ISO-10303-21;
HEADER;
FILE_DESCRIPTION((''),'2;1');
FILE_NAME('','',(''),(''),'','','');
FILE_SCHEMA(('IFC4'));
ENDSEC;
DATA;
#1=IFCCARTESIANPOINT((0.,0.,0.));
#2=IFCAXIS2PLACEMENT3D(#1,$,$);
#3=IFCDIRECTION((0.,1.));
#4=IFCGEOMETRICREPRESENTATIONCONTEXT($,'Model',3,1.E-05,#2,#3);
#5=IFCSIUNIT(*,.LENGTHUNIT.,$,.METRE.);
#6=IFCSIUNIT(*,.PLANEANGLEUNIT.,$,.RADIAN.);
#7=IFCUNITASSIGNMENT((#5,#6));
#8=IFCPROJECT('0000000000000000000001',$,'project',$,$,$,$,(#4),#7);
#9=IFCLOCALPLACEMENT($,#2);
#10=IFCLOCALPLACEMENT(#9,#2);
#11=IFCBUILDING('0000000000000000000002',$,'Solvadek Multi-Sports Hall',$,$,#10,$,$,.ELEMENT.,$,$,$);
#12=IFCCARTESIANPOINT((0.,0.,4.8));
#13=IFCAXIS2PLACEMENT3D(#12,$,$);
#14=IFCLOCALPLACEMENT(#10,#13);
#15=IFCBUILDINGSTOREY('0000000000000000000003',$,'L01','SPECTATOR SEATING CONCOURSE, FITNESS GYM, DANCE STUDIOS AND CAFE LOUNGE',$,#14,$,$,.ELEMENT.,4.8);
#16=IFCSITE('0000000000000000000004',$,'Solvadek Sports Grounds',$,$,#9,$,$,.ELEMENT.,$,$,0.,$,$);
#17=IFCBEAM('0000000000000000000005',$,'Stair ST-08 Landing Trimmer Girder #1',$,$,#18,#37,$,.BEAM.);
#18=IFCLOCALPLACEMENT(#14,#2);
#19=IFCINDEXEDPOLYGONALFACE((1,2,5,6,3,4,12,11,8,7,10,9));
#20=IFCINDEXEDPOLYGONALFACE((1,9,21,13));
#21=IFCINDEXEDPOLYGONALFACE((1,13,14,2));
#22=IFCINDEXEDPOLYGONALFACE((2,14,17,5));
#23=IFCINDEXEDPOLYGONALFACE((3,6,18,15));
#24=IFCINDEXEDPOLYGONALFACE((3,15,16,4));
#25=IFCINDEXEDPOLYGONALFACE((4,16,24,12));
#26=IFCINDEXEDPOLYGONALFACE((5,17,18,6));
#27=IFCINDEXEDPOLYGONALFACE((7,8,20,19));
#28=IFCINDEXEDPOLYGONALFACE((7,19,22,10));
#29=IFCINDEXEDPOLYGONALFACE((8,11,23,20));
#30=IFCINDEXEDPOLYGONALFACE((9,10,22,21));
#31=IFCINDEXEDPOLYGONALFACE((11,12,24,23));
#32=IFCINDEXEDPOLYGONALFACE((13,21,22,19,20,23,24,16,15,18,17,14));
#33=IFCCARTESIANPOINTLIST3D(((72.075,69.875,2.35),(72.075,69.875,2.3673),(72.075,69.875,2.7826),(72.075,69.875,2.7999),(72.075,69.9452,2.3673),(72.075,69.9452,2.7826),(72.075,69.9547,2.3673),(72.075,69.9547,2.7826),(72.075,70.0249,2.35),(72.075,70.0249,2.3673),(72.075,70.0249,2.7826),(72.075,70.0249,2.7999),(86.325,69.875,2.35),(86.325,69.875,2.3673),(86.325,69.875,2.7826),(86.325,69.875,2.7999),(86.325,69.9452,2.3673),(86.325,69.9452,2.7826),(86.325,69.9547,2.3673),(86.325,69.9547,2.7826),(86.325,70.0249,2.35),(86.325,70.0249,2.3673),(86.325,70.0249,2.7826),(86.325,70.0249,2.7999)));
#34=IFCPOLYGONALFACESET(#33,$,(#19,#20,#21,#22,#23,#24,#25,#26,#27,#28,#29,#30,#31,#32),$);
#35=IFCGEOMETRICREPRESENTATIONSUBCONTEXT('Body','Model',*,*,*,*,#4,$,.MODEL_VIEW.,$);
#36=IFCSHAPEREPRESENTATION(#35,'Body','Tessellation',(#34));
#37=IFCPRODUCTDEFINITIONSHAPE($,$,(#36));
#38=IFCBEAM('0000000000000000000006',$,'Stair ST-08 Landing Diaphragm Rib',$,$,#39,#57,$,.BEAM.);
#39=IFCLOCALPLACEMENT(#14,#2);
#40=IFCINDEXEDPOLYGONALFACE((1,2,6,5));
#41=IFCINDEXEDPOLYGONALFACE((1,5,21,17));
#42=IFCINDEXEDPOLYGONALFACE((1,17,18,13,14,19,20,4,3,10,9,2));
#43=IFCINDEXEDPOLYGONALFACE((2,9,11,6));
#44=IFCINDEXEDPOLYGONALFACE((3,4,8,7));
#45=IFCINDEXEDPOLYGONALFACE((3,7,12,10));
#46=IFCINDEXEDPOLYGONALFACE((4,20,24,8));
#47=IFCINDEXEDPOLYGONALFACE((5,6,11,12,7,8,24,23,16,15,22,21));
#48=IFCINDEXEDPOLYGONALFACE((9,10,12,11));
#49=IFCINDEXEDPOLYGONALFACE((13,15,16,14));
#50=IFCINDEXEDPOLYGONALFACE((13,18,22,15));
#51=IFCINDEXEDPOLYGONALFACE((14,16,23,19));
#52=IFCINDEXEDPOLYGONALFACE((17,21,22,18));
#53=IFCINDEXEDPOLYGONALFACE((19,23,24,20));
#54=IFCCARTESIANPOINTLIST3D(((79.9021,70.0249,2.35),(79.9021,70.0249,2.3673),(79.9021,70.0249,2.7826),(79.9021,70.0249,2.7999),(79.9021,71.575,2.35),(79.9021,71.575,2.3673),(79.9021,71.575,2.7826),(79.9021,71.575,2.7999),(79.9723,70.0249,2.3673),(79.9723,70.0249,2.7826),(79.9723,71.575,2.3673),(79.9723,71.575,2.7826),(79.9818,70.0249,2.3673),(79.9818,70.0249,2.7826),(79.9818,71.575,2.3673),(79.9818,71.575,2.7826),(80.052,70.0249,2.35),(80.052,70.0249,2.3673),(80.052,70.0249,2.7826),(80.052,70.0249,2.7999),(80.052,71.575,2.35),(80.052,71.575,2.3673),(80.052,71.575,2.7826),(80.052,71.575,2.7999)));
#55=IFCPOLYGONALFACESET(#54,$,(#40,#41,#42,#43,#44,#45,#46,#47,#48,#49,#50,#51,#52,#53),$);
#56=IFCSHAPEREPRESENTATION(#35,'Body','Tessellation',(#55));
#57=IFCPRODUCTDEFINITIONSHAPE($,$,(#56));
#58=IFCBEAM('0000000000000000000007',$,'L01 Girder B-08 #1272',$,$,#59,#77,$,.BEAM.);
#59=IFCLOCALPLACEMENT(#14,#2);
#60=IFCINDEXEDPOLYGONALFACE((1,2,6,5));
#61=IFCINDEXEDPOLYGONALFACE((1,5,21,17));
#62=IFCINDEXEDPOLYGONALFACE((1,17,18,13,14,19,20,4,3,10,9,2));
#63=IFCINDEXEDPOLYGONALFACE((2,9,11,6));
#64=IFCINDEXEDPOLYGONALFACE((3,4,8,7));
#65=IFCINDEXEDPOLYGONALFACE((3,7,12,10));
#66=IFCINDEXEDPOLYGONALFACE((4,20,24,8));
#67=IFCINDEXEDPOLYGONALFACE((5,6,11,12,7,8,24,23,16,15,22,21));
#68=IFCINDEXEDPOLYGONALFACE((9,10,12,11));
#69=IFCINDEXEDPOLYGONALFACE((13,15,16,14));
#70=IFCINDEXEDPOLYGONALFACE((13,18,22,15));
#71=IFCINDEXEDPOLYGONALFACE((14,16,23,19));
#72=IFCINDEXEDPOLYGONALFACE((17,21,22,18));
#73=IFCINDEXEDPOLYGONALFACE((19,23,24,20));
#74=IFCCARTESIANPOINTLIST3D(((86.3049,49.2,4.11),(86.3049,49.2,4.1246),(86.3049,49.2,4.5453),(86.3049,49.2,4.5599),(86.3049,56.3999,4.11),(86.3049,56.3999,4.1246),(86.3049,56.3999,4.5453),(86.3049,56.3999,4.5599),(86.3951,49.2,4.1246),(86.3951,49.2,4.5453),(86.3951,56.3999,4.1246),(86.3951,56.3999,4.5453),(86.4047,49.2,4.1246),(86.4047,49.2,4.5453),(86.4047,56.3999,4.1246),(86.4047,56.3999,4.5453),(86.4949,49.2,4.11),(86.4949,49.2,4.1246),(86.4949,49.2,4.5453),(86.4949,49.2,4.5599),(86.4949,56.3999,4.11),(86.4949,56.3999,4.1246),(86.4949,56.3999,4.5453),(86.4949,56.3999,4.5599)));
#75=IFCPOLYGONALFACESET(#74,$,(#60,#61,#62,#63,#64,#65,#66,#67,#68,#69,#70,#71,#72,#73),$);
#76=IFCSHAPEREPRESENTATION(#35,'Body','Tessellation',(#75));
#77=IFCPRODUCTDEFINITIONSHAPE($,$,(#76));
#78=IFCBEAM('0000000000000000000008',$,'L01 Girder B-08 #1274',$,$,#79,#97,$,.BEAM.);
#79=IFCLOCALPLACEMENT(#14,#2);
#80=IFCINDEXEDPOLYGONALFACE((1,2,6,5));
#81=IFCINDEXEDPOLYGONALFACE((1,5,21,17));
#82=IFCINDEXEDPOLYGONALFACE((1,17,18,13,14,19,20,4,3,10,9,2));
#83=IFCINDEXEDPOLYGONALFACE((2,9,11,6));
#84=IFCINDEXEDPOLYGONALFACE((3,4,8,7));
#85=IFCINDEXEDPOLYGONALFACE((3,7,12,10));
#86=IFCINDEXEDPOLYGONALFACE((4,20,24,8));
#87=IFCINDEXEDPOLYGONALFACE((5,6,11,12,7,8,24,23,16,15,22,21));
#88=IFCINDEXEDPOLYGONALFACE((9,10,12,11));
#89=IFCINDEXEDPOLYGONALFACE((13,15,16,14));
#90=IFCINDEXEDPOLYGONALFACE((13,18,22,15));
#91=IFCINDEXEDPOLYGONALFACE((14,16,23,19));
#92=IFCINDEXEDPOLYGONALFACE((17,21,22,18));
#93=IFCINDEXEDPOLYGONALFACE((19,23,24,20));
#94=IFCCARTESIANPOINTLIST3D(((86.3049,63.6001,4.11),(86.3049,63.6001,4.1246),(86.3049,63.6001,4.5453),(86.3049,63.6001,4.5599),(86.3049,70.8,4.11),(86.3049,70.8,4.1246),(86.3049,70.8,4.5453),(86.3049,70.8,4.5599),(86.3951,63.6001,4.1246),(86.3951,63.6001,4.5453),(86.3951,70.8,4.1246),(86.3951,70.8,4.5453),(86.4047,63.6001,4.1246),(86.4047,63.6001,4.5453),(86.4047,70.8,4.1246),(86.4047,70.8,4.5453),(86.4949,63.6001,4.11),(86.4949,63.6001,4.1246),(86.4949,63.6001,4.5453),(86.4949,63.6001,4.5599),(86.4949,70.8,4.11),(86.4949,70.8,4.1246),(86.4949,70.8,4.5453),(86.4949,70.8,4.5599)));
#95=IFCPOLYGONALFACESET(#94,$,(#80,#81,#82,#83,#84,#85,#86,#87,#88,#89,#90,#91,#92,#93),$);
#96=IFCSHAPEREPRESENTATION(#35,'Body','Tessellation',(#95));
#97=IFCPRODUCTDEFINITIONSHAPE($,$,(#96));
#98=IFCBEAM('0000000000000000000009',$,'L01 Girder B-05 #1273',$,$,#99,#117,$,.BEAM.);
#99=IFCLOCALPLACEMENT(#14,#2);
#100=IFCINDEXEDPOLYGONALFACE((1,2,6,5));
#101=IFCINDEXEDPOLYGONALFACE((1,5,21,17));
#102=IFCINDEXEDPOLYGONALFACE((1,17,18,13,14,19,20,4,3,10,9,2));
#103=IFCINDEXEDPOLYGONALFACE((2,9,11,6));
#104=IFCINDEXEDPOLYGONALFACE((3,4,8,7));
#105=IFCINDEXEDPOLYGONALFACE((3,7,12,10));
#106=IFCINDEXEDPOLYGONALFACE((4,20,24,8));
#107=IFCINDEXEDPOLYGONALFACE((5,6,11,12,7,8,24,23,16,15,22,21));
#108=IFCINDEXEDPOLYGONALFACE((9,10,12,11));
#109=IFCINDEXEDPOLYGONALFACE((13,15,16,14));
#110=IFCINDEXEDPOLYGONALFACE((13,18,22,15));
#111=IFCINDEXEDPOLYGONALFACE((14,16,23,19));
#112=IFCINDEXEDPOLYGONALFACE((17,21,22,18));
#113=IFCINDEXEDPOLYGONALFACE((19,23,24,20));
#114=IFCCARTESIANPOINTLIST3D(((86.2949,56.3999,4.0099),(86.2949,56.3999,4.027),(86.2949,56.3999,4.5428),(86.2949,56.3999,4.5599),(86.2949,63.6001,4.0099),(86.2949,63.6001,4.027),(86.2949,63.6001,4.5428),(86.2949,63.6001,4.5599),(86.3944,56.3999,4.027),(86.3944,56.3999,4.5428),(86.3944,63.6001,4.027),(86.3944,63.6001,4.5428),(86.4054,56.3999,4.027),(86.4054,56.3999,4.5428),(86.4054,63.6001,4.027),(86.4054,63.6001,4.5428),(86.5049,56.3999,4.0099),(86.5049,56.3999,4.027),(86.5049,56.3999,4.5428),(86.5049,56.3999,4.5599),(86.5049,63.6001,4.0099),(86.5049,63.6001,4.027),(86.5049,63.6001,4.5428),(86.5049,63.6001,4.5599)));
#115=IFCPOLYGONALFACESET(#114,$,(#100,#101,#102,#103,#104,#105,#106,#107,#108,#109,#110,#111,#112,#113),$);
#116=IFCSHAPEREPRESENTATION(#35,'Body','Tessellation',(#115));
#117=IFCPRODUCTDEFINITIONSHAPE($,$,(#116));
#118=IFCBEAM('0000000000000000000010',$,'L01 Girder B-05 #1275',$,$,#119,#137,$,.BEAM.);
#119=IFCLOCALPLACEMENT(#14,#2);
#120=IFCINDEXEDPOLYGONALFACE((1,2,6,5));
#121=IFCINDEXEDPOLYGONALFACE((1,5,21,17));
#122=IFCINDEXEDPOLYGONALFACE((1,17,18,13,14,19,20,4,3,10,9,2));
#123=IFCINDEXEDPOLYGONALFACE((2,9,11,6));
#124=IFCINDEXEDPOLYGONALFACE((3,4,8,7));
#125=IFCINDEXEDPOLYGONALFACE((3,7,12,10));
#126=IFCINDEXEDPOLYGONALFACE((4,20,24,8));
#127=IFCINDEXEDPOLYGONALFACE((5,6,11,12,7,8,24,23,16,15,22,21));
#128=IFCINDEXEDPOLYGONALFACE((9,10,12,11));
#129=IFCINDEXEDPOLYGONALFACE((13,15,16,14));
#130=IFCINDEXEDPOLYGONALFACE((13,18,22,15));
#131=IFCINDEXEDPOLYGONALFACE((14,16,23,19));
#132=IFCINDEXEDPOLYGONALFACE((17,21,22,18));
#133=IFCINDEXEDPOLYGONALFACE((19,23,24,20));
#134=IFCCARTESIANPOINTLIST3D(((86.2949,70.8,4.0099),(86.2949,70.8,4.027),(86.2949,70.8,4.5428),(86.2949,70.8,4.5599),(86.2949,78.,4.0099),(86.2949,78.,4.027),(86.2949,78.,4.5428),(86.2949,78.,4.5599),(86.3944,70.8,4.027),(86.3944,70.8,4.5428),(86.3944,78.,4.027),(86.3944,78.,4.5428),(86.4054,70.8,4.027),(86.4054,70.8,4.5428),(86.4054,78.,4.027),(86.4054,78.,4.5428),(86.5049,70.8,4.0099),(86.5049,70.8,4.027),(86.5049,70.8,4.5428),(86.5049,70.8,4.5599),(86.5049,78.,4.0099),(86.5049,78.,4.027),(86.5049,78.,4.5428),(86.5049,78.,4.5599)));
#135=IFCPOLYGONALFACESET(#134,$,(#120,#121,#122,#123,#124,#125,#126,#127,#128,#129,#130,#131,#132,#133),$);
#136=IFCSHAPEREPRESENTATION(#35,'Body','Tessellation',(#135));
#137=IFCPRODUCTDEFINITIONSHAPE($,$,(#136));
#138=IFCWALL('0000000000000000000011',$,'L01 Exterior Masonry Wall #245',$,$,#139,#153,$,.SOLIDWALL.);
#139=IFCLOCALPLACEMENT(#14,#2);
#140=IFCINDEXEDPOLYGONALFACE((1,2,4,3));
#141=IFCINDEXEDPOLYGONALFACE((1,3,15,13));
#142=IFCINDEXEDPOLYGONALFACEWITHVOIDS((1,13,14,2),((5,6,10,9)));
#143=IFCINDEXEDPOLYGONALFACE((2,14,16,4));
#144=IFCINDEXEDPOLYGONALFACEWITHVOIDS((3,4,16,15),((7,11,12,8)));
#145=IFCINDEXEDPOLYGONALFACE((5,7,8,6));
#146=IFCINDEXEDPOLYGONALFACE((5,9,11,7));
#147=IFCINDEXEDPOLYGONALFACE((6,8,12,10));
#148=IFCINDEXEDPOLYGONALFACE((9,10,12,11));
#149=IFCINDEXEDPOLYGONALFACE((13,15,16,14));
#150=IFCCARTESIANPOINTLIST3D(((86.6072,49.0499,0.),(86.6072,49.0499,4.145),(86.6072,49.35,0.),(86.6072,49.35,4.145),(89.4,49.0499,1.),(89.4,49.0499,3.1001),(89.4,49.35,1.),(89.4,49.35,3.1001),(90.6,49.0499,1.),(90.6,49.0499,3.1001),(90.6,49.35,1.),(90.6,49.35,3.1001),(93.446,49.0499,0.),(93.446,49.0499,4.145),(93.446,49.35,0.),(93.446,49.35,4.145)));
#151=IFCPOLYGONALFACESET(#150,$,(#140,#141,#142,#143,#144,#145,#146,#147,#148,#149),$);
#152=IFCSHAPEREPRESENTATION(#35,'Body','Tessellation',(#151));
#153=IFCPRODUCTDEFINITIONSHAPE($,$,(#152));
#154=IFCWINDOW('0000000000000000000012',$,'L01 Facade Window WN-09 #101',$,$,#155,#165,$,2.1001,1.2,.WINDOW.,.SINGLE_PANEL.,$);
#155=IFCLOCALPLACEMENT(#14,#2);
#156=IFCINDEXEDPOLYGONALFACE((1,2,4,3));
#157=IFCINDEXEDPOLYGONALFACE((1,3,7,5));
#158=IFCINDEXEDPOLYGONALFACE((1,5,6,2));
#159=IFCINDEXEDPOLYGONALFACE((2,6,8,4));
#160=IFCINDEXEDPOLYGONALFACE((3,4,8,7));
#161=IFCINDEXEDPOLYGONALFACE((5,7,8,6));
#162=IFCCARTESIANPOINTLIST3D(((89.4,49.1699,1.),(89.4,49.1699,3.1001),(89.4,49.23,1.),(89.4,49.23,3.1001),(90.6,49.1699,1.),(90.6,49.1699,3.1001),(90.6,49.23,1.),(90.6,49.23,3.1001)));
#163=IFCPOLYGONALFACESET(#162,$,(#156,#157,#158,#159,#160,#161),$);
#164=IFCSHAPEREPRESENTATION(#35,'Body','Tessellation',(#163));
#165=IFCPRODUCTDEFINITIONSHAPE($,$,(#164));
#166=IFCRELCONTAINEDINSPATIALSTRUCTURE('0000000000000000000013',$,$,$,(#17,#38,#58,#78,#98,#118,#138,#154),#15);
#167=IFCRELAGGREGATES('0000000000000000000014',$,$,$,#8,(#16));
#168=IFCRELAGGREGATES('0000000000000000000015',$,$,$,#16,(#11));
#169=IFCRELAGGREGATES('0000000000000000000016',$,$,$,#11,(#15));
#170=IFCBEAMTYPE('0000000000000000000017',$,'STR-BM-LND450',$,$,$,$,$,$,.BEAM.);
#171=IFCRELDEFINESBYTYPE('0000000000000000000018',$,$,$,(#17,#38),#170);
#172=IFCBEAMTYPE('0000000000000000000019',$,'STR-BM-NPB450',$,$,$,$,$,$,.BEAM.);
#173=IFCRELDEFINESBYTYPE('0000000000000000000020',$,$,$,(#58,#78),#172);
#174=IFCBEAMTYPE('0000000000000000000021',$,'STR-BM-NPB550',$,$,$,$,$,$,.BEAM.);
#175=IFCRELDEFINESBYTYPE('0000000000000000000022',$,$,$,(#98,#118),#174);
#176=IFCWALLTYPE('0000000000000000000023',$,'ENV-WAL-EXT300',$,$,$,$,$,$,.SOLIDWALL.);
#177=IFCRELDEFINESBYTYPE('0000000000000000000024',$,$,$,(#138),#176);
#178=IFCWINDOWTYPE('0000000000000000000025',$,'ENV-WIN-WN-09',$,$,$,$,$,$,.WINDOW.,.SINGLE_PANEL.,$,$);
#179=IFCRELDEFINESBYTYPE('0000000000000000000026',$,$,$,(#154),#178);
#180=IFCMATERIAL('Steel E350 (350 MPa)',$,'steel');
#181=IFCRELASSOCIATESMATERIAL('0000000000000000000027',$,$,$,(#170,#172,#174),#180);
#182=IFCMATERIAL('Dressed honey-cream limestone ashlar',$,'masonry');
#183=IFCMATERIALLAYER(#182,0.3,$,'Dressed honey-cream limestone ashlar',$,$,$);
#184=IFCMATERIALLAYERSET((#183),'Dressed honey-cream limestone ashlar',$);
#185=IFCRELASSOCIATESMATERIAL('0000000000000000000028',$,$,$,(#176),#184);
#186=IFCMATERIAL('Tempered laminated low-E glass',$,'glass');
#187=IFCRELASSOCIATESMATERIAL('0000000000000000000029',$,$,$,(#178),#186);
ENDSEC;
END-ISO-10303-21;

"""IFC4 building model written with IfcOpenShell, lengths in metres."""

from ifc_helpers import new_model, si_unit, direction, frame, frame_2d, origin, origin_2d, place, context, subcontext, project, spatial, rectangle, i_section, extrude, material, layer, layer_set, material_profile, profile_set, type_object, element, fill, save


model = new_model("IFC4")

# Units and contexts
model_context = context("Model", 3, precision=1e-05, world=origin(), true_north=direction((0.0, 1.0)))
body_context = subcontext(model_context, "Body", "Model", "MODEL_VIEW")
ifc_project = project(units=[si_unit("LENGTHUNIT", "METRE"), si_unit("PLANEANGLEUNIT", "RADIAN")], contexts=[model_context])

# Site, building, storey
site_placement = place(None, origin())
site = spatial("IfcSite", under=ifc_project, at=site_placement, Name="Solvadek Sports Grounds", CompositionType="ELEMENT", RefElevation=0.0)
building_placement = place(site_placement, origin())
building = spatial("IfcBuilding", under=site, at=building_placement, Name="Solvadek Multi-Sports Hall", CompositionType="ELEMENT")
storey_placement = place(building_placement, frame((0.0, 0.0, 4.8)))
storey = spatial("IfcBuildingStorey", under=building, at=storey_placement, Name="L01", Description="SPECTATOR SEATING CONCOURSE, FITNESS GYM, DANCE STUDIOS AND CAFE LOUNGE", CompositionType="ELEMENT", Elevation=4.8)

# Shared definitions
ifc_material_1 = material(Name="Steel E350 (350 MPa)", Category="steel")

# Beams
ifc_material_profile_1 = material_profile(ifc_material_1, i_section(OverallWidth=0.1499, OverallDepth=0.45, WebThickness=0.0095, FlangeThickness=0.0173, at=origin_2d()), Name="ISMB 450")
ifc_profile_set_1 = profile_set([ifc_material_profile_1], Name="Steel E350 (350 MPa)")
beam_type_1 = type_object("IfcBeamType", Name="STR-BM-LND450", PredefinedType="BEAM", material=ifc_profile_set_1)
beam_1_placement = place(storey_placement, frame((72.075, 69.95, 2.575), z_axis=(1.0, 0.0, 0.0), x_axis=(0.0, 1.0, 0.0)))
element("IfcBeam", 1, at=beam_1_placement, inside=storey, type_object=beam_type_1, Name="Stair ST-08 Landing Trimmer Girder #1", PredefinedType="BEAM", context=body_context, shape_type="SweptSolid", body=[
    extrude(i_section(OverallWidth=0.1499, OverallDepth=0.45, WebThickness=0.0095, FlangeThickness=0.0173, at=origin_2d()), origin(), (0.0, 0.0, 1.0), 14.25),
])
beam_2_placement = place(storey_placement, frame((79.9771, 70.0249, 2.575), z_axis=(0.0, 1.0, 0.0), x_axis=(-1.0, 0.0, 0.0)))
element("IfcBeam", 2, at=beam_2_placement, inside=storey, type_object=beam_type_1, Name="Stair ST-08 Landing Diaphragm Rib", PredefinedType="BEAM", context=body_context, shape_type="SweptSolid", body=[
    extrude(i_section(OverallWidth=0.1499, OverallDepth=0.45, WebThickness=0.0095, FlangeThickness=0.0173, at=origin_2d()), origin(), (0.0, 0.0, 1.0), 1.55),
])
ifc_material_profile_2 = material_profile(ifc_material_1, i_section(OverallWidth=0.1899, OverallDepth=0.45, WebThickness=0.0095, FlangeThickness=0.0146, at=origin_2d()), Name="NPB 450")
ifc_profile_set_2 = profile_set([ifc_material_profile_2], Name="Steel E350 (350 MPa)")
beam_type_2 = type_object("IfcBeamType", Name="STR-BM-NPB450", PredefinedType="BEAM", material=ifc_profile_set_2)
for number, where, z_axis, x_axis, name in (
    (3, (86.3999, 49.2, 4.335), (0.0, 1.0, 0.0), (-1.0, 0.0, 0.0), "L01 Girder B-08 #1272"),
    (4, (86.3999, 63.6001, 4.335), (0.0, 1.0, 0.0), (-1.0, 0.0, 0.0), "L01 Girder B-08 #1274"),
):
    element("IfcBeam", number, at=place(storey_placement, frame(where, z_axis=z_axis, x_axis=x_axis)), inside=storey, type_object=beam_type_2, Name=name, PredefinedType="BEAM", context=body_context, shape_type="SweptSolid", body=[
        extrude(i_section(OverallWidth=0.1899, OverallDepth=0.45, WebThickness=0.0095, FlangeThickness=0.0146, at=origin_2d()), origin(), (0.0, 0.0, 1.0), 7.2),
    ])
ifc_material_profile_3 = material_profile(ifc_material_1, i_section(OverallWidth=0.21, OverallDepth=0.55, WebThickness=0.011, FlangeThickness=0.0171, at=origin_2d()), Name="NPB 550")
ifc_profile_set_3 = profile_set([ifc_material_profile_3], Name="Steel E350 (350 MPa)")
beam_type_3 = type_object("IfcBeamType", Name="STR-BM-NPB550", PredefinedType="BEAM", material=ifc_profile_set_3)
beam_3_placement = place(storey_placement, frame((86.3999, 56.3999, 4.2849), z_axis=(0.0, 1.0, 0.0), x_axis=(-1.0, 0.0, 0.0)))
element("IfcBeam", 5, at=beam_3_placement, inside=storey, type_object=beam_type_3, Name="L01 Girder B-05 #1273", PredefinedType="BEAM", context=body_context, shape_type="SweptSolid", body=[
    extrude(i_section(OverallWidth=0.21, OverallDepth=0.55, WebThickness=0.011, FlangeThickness=0.0171, at=origin_2d()), origin(), (0.0, 0.0, 1.0), 7.2002),
])
beam_4_placement = place(storey_placement, frame((86.3999, 70.8, 4.2849), z_axis=(0.0, 1.0, 0.0), x_axis=(-1.0, 0.0, 0.0)))
element("IfcBeam", 6, at=beam_4_placement, inside=storey, type_object=beam_type_3, Name="L01 Girder B-05 #1275", PredefinedType="BEAM", context=body_context, shape_type="SweptSolid", body=[
    extrude(i_section(OverallWidth=0.21, OverallDepth=0.55, WebThickness=0.011, FlangeThickness=0.0171, at=origin_2d()), origin(), (0.0, 0.0, 1.0), 7.2),
])

# Wall, opening, window
ifc_material_2 = material(Name="Dressed honey-cream limestone ashlar", Category="masonry")
ifc_layer = layer(ifc_material_2, 0.3, Name="Dressed honey-cream limestone ashlar")
ifc_layer_set = layer_set([ifc_layer], Name="Dressed honey-cream limestone ashlar")
wall_type = type_object("IfcWallType", Name="ENV-WAL-EXT300", PredefinedType="SOLIDWALL", material=ifc_layer_set)
wall_placement = place(storey_placement, frame((86.6072, 49.2, 0.0), z_axis=(0.0, 0.0, 1.0), x_axis=(1.0, 0.0, 0.0)))
wall = element("IfcWall", 7, at=wall_placement, inside=storey, type_object=wall_type, Name="L01 Exterior Masonry Wall #245", PredefinedType="SOLIDWALL", context=body_context, shape_type="SweptSolid", body=[
    extrude(rectangle(XDim=6.8389, YDim=0.3, at=frame_2d((3.4194, 0.0))), origin(), (0.0, 0.0, 1.0), 4.145),
])
opening_placement = place(wall_placement, frame((2.7927, 0.0, 1.0)))
opening = element("IfcOpeningElement", 8, at=opening_placement, cuts=wall, PredefinedType="OPENING", context=body_context, shape_type="SweptSolid", body=[
    extrude(rectangle(XDim=1.2, YDim=2.1001, at=frame_2d((0.6001, 1.05))), frame((0.0, 0.1599, 0.0), z_axis=(0.0, -1.0, 0.0), x_axis=(1.0, 0.0, 0.0)), (0.0, 0.0, 1.0), 0.3201),
])
ifc_material_3 = material(Name="Tempered laminated low-E glass", Category="glass")
window_type = type_object("IfcWindowType", Name="ENV-WIN-WN-09", PartitioningType="SINGLE_PANEL", PredefinedType="WINDOW", material=ifc_material_3)
window_placement = place(opening_placement, origin())
window = element("IfcWindow", 9, at=window_placement, inside=storey, type_object=window_type, Name="L01 Facade Window WN-09 #101", OverallHeight=2.1001, OverallWidth=1.2, PartitioningType="SINGLE_PANEL", PredefinedType="WINDOW", context=body_context, shape_type="SweptSolid", body=[
    extrude(rectangle(XDim=1.2, YDim=2.1001, at=frame_2d((0.6001, 1.05))), frame((0.0, 0.03, 0.0), z_axis=(0.0, -1.0, 0.0), x_axis=(1.0, 0.0, 0.0)), (0.0, 0.0, 1.0), 0.0601),
])
fill(opening, window)

save(model, "model.ifc")
